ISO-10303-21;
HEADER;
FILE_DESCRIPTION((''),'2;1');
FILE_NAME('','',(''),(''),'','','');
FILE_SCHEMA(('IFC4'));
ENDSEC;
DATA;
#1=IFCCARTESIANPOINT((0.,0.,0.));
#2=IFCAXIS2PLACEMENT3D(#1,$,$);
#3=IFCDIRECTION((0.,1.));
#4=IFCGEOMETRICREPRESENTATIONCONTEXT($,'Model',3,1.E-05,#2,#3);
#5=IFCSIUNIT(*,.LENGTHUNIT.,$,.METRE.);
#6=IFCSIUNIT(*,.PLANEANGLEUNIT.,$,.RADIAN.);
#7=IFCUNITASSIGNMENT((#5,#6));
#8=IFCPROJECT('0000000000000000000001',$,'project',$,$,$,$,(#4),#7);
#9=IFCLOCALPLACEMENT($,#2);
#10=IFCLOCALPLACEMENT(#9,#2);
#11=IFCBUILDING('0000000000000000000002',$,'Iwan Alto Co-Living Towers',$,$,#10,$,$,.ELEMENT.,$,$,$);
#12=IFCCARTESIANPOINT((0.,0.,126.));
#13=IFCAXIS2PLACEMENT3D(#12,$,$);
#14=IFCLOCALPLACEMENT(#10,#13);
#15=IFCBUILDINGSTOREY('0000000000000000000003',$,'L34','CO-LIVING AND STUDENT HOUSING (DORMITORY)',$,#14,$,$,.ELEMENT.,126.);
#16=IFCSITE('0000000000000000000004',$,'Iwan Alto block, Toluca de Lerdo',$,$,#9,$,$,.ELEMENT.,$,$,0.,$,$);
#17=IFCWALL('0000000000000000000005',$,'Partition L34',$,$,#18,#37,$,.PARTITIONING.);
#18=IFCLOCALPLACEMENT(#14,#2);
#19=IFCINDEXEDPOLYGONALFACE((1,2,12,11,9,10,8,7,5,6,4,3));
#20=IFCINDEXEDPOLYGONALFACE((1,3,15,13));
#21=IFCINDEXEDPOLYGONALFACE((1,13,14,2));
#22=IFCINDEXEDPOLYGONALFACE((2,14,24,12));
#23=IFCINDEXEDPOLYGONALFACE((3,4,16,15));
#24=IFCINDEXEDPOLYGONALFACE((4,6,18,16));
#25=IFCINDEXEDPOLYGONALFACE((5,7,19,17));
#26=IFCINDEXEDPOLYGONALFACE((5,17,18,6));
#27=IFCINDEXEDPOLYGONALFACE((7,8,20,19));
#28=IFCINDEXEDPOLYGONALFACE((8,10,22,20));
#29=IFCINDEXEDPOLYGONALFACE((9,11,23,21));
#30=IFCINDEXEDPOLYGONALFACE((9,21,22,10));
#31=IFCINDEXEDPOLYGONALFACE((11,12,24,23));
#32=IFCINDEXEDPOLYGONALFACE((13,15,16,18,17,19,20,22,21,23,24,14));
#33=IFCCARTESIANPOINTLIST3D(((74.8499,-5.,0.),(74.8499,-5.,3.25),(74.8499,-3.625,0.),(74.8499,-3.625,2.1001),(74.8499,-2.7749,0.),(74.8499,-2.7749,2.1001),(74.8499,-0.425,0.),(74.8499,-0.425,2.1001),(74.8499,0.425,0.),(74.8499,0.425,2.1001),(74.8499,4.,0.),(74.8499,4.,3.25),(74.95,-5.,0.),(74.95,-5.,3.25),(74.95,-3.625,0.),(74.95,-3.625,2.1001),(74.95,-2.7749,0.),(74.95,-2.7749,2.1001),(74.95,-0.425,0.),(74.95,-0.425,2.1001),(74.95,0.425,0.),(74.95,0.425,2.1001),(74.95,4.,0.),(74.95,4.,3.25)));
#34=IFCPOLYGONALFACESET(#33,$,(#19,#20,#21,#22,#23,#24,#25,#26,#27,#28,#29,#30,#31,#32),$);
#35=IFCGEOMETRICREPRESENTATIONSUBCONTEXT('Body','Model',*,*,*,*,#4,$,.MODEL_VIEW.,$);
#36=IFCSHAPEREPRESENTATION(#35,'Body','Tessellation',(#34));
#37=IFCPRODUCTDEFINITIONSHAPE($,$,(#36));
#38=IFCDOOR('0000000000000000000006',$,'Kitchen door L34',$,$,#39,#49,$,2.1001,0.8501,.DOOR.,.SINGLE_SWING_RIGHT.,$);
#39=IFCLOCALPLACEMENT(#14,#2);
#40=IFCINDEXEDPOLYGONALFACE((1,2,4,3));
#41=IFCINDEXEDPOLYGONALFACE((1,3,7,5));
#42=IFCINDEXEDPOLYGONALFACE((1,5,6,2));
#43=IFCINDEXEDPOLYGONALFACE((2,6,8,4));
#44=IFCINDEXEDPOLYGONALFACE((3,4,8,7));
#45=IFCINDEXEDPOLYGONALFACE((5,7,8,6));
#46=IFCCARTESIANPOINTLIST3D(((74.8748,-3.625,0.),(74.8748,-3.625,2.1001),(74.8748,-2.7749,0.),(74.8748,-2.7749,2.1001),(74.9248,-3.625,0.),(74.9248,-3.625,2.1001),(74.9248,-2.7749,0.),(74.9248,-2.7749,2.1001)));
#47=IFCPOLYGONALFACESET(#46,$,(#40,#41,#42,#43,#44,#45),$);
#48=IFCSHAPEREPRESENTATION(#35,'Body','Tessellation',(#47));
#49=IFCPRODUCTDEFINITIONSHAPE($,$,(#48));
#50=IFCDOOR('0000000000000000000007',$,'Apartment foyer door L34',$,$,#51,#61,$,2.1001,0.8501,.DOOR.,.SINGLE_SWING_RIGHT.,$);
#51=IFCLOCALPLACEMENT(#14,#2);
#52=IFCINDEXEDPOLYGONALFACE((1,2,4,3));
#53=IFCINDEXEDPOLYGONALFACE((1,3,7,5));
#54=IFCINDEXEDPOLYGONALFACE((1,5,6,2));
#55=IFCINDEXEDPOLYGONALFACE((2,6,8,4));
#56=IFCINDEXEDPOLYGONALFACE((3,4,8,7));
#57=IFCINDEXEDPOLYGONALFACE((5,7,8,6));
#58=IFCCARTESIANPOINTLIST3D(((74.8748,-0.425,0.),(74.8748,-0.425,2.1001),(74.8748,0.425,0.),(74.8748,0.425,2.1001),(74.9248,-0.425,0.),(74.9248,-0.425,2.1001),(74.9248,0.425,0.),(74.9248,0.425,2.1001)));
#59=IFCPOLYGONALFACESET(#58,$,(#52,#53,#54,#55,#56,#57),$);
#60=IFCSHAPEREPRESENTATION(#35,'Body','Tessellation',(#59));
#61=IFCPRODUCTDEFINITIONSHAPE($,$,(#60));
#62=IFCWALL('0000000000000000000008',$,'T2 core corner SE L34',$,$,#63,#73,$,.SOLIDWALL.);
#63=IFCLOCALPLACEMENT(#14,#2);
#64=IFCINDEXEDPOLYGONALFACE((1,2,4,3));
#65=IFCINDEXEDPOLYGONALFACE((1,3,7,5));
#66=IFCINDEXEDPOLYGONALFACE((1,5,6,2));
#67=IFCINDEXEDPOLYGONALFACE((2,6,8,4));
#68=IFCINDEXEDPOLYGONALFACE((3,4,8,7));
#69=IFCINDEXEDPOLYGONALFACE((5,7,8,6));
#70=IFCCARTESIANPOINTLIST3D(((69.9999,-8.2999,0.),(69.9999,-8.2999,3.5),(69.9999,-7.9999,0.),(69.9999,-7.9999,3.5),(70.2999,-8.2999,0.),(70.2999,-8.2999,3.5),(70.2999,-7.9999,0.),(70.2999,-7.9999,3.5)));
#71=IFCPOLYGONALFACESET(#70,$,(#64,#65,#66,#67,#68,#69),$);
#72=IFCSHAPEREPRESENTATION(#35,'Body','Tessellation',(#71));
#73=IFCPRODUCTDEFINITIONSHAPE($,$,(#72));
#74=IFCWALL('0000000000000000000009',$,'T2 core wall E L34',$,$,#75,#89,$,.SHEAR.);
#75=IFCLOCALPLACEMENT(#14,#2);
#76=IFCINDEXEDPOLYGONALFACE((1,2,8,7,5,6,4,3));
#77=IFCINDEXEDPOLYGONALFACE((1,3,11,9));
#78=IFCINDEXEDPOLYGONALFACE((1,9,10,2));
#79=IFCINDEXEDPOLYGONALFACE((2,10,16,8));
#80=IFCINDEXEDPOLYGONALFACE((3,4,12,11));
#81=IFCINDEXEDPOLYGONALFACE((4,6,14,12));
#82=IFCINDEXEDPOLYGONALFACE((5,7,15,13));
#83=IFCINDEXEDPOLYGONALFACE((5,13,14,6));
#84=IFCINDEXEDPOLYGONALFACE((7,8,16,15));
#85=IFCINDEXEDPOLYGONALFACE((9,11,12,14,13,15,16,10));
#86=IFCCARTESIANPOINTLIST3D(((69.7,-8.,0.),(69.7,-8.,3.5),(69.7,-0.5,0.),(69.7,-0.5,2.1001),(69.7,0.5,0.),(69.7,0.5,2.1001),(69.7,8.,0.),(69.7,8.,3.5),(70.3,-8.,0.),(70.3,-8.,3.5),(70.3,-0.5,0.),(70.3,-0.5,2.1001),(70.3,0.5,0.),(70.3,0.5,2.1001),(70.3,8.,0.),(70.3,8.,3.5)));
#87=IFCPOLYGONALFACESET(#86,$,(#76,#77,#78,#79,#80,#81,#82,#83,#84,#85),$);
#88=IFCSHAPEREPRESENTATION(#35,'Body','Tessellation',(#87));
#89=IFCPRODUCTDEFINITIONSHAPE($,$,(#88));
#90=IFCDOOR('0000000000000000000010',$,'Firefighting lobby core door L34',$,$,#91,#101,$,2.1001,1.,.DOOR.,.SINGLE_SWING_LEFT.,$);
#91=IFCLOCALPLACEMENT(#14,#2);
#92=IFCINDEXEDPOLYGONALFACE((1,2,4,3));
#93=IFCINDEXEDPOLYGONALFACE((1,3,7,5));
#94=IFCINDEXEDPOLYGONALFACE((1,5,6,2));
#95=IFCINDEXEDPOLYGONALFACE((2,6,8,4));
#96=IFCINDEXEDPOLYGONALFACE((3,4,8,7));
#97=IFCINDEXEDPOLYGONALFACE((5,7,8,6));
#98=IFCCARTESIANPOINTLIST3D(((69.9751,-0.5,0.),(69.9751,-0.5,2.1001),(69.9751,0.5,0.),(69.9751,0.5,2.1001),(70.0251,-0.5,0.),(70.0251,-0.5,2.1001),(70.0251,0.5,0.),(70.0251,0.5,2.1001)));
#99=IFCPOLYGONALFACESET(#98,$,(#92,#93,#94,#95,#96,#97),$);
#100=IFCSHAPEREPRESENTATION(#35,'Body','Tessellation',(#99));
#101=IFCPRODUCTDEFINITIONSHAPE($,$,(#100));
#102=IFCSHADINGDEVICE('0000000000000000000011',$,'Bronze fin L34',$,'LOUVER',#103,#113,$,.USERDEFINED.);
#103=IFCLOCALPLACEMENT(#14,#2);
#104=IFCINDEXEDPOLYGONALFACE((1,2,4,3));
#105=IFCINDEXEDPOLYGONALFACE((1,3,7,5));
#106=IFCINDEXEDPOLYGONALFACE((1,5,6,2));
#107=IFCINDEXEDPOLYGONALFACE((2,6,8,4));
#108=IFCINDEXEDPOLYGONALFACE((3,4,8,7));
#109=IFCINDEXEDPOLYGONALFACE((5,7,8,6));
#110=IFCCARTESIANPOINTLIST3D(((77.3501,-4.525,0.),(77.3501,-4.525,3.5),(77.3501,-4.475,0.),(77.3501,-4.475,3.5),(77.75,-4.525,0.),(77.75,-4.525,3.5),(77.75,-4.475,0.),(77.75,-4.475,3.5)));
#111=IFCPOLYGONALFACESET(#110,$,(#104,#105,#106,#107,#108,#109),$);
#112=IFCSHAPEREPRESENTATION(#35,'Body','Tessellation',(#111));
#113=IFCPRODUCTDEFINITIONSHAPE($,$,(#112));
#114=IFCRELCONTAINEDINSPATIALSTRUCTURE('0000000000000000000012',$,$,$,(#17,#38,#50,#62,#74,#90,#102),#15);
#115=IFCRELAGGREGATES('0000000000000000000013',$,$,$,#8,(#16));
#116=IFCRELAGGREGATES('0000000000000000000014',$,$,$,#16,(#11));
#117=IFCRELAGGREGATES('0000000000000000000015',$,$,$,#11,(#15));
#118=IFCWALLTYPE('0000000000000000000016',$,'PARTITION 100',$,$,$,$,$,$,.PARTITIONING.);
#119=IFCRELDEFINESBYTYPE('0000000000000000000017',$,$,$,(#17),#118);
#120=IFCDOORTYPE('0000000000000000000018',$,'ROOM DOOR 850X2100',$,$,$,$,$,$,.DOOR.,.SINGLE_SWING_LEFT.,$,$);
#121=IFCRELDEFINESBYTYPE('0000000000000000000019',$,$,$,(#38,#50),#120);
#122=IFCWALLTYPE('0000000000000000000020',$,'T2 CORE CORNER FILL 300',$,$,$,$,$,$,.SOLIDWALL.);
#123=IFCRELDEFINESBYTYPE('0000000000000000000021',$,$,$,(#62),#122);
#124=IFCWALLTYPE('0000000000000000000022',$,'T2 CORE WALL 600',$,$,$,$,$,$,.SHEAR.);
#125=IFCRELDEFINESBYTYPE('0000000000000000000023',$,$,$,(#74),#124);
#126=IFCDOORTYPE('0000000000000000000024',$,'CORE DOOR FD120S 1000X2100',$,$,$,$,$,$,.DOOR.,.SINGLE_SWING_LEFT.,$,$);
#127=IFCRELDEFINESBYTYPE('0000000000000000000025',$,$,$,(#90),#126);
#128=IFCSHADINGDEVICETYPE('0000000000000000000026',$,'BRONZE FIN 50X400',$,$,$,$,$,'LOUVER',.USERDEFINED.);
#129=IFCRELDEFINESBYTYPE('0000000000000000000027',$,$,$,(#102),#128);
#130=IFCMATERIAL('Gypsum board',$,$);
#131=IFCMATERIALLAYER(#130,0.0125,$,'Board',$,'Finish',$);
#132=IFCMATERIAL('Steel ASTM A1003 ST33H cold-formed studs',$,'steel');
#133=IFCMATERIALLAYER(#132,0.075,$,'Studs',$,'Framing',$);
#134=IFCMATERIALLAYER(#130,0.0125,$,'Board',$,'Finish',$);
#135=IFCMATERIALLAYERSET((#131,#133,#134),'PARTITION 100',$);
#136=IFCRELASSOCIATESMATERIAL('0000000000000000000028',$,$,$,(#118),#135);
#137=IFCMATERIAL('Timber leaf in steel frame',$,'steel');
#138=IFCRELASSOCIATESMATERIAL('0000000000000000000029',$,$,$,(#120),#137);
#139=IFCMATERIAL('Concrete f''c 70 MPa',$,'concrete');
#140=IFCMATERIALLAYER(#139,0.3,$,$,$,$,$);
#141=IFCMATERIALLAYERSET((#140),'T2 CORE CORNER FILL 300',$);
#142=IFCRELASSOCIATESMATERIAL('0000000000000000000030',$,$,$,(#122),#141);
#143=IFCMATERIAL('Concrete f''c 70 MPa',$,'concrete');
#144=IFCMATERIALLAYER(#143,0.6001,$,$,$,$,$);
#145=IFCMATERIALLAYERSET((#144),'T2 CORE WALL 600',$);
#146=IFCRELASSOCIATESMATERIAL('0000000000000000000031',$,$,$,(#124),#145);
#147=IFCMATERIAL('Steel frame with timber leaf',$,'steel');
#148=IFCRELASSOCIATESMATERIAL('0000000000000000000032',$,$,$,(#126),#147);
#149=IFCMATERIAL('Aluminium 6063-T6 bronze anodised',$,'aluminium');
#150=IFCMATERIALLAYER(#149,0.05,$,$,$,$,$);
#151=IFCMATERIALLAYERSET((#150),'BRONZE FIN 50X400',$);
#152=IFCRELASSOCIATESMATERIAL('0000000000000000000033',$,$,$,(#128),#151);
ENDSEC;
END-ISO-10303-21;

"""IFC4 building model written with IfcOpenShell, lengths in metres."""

from ifc_helpers import new_model, si_unit, direction, frame, frame_2d, origin, origin_2d, place, context, subcontext, project, spatial, rectangle, extrude, material, layer, layer_set, type_object, element, fill, save


model = new_model("IFC4")

# Units and contexts
model_context = context("Model", 3, precision=1e-05, world=origin(), true_north=direction((0.0, 1.0)))
body_context = subcontext(model_context, "Body", "Model", "MODEL_VIEW")
ifc_project = project(units=[si_unit("LENGTHUNIT", "METRE"), si_unit("PLANEANGLEUNIT", "RADIAN")], contexts=[model_context])

# Site, building, storey
site_placement = place(None, origin())
site = spatial("IfcSite", under=ifc_project, at=site_placement, Name="Iwan Alto block, Toluca de Lerdo", CompositionType="ELEMENT", RefElevation=0.0)
building_placement = place(site_placement, origin())
building = spatial("IfcBuilding", under=site, at=building_placement, Name="Iwan Alto Co-Living Towers", CompositionType="ELEMENT")
storey_placement = place(building_placement, frame((0.0, 0.0, 126.0)))
storey = spatial("IfcBuildingStorey", under=building, at=storey_placement, Name="L34", Description="CO-LIVING AND STUDENT HOUSING (DORMITORY)", CompositionType="ELEMENT", Elevation=126.0)

# Shared definitions
ifc_material_1 = material(Name="Gypsum board")
ifc_material_2 = material(Name="Steel ASTM A1003 ST33H cold-formed studs", Category="steel")
ifc_layer_1 = layer(ifc_material_1, 0.0125, Name="Board", Category="Finish")
ifc_layer_2 = layer(ifc_material_2, 0.075, Name="Studs", Category="Framing")
ifc_layer_3 = layer(ifc_material_1, 0.0125, Name="Board", Category="Finish")
ifc_layer_set_1 = layer_set([ifc_layer_1, ifc_layer_2, ifc_layer_3], Name="PARTITION 100")
wall_type_1 = type_object("IfcWallType", Name="PARTITION 100", PredefinedType="PARTITIONING", material=ifc_layer_set_1)
ifc_material_3 = material(Name="Timber leaf in steel frame", Category="steel")
door_type_1 = type_object("IfcDoorType", Name="ROOM DOOR 850X2100", OperationType="SINGLE_SWING_LEFT", PredefinedType="DOOR", material=ifc_material_3)

# Wall, openings, doors
wall_1_placement = place(storey_placement, frame((74.8999, -5.0, 0.0), z_axis=(0.0, 0.0, 1.0), x_axis=(0.0, 1.0, 0.0)))
wall_1 = element("IfcWall", 1, at=wall_1_placement, inside=storey, type_object=wall_type_1, Name="Partition L34", PredefinedType="PARTITIONING", context=body_context, shape_type="SweptSolid", body=[
    extrude(rectangle(XDim=9.0, YDim=0.1001, at=frame_2d((4.5, 0.0))), origin(), (0.0, 0.0, 1.0), 3.25),
])
opening_1_placement = place(wall_1_placement, frame((1.375, 0.0, 0.0)))
opening_1 = element("IfcOpeningElement", 2, at=opening_1_placement, cuts=wall_1, PredefinedType="OPENING", context=body_context, shape_type="SweptSolid", body=[
    extrude(rectangle(XDim=0.8501, YDim=2.1001, at=frame_2d((0.425, 1.05))), frame((0.0, 0.0601, 0.0), z_axis=(0.0, -1.0, 0.0), x_axis=(1.0, 0.0, 0.0)), (0.0, 0.0, 1.0), 0.1201),
])
opening_2_placement = place(wall_1_placement, frame((4.575, 0.0, 0.0)))
opening_2 = element("IfcOpeningElement", 3, at=opening_2_placement, cuts=wall_1, PredefinedType="OPENING", context=body_context, shape_type="SweptSolid", body=[
    extrude(rectangle(XDim=0.8501, YDim=2.1001, at=frame_2d((0.425, 1.05))), frame((0.0, 0.0601, 0.0), z_axis=(0.0, -1.0, 0.0), x_axis=(1.0, 0.0, 0.0)), (0.0, 0.0, 1.0), 0.1201),
])
door_1_placement = place(opening_1_placement, frame((0.8501, 0.0, 0.0), z_axis=(0.0, 0.0, 1.0), x_axis=(-1.0, 0.0, 0.0)))
door_1 = element("IfcDoor", 4, at=door_1_placement, inside=storey, type_object=door_type_1, Name="Kitchen door L34", OperationType="SINGLE_SWING_RIGHT", OverallHeight=2.1001, OverallWidth=0.8501, PredefinedType="DOOR", context=body_context, shape_type="SweptSolid", body=[
    extrude(rectangle(XDim=0.8501, YDim=2.1001, at=frame_2d((0.425, 1.05))), frame((0.0, 0.0249, 0.0), z_axis=(0.0, -1.0, 0.0), x_axis=(1.0, 0.0, 0.0)), (0.0, 0.0, 1.0), 0.05),
])
fill(opening_1, door_1)
door_2_placement = place(opening_2_placement, frame((0.8501, 0.0, 0.0), z_axis=(0.0, 0.0, 1.0), x_axis=(-1.0, 0.0, 0.0)))
door_2 = element("IfcDoor", 5, at=door_2_placement, inside=storey, type_object=door_type_1, Name="Apartment foyer door L34", OperationType="SINGLE_SWING_RIGHT", OverallHeight=2.1001, OverallWidth=0.8501, PredefinedType="DOOR", context=body_context, shape_type="SweptSolid", body=[
    extrude(rectangle(XDim=0.8501, YDim=2.1001, at=frame_2d((0.425, 1.05))), frame((0.0, 0.0249, 0.0), z_axis=(0.0, -1.0, 0.0), x_axis=(1.0, 0.0, 0.0)), (0.0, 0.0, 1.0), 0.05),
])
fill(opening_2, door_2)

# Wall
ifc_material_4 = material(Name="Concrete f'c 70 MPa", Category="concrete")
ifc_layer_4 = layer(ifc_material_4, 0.3)
ifc_layer_set_2 = layer_set([ifc_layer_4], Name="T2 CORE CORNER FILL 300")
wall_type_2 = type_object("IfcWallType", Name="T2 CORE CORNER FILL 300", PredefinedType="SOLIDWALL", material=ifc_layer_set_2)
wall_2_placement = place(storey_placement, frame((70.0, -8.1499, 0.0), z_axis=(0.0, 0.0, 1.0), x_axis=(1.0, 0.0, 0.0)))
element("IfcWall", 6, at=wall_2_placement, inside=storey, type_object=wall_type_2, Name="T2 core corner SE L34", PredefinedType="SOLIDWALL", context=body_context, shape_type="SweptSolid", body=[
    extrude(rectangle(XDim=0.3, YDim=0.3, at=frame_2d((0.1499, 0.0))), origin(), (0.0, 0.0, 1.0), 3.5),
])

# Wall, opening, door
ifc_material_5 = material(Name="Concrete f'c 70 MPa", Category="concrete")
ifc_layer_5 = layer(ifc_material_5, 0.6001)
ifc_layer_set_3 = layer_set([ifc_layer_5], Name="T2 CORE WALL 600")
wall_type_3 = type_object("IfcWallType", Name="T2 CORE WALL 600", PredefinedType="SHEAR", material=ifc_layer_set_3)
wall_3_placement = place(storey_placement, frame((70.0, -8.0, 0.0), z_axis=(0.0, 0.0, 1.0), x_axis=(0.0, 1.0, 0.0)))
wall_3 = element("IfcWall", 7, at=wall_3_placement, inside=storey, type_object=wall_type_3, Name="T2 core wall E L34", PredefinedType="SHEAR", context=body_context, shape_type="SweptSolid", body=[
    extrude(rectangle(XDim=16.0, YDim=0.6001, at=frame_2d((8.0, 0.0))), origin(), (0.0, 0.0, 1.0), 3.5),
])
opening_3_placement = place(wall_3_placement, frame((7.5, 0.0, 0.0)))
opening_3 = element("IfcOpeningElement", 8, at=opening_3_placement, cuts=wall_3, PredefinedType="OPENING", context=body_context, shape_type="SweptSolid", body=[
    extrude(rectangle(XDim=1.0, YDim=2.1001, at=frame_2d((0.5, 1.05))), frame((0.0, 0.3101, 0.0), z_axis=(0.0, -1.0, 0.0), x_axis=(1.0, 0.0, 0.0)), (0.0, 0.0, 1.0), 0.6201),
])
ifc_material_6 = material(Name="Steel frame with timber leaf", Category="steel")
door_type_2 = type_object("IfcDoorType", Name="CORE DOOR FD120S 1000X2100", OperationType="SINGLE_SWING_LEFT", PredefinedType="DOOR", material=ifc_material_6)
door_3_placement = place(opening_3_placement, origin())
door_3 = element("IfcDoor", 9, at=door_3_placement, inside=storey, type_object=door_type_2, Name="Firefighting lobby core door L34", OperationType="SINGLE_SWING_LEFT", OverallHeight=2.1001, OverallWidth=1.0, PredefinedType="DOOR", context=body_context, shape_type="SweptSolid", body=[
    extrude(rectangle(XDim=1.0, YDim=2.1001, at=frame_2d((0.5, 1.05))), frame((0.0, 0.0249, 0.0), z_axis=(0.0, -1.0, 0.0), x_axis=(1.0, 0.0, 0.0)), (0.0, 0.0, 1.0), 0.05),
])
fill(opening_3, door_3)

# Shading device
ifc_material_7 = material(Name="Aluminium 6063-T6 bronze anodised", Category="aluminium")
ifc_layer_6 = layer(ifc_material_7, 0.05)
ifc_layer_set_4 = layer_set([ifc_layer_6], Name="BRONZE FIN 50X400")
shading_device_type = type_object("IfcShadingDeviceType", Name="BRONZE FIN 50X400", ElementType="LOUVER", PredefinedType="USERDEFINED", material=ifc_layer_set_4)
shading_device_placement = place(storey_placement, frame((77.55, -4.5, 0.0), z_axis=(0.0, 0.0, 1.0), x_axis=(0.0, 1.0, 0.0)))
element("IfcShadingDevice", 10, at=shading_device_placement, inside=storey, type_object=shading_device_type, Name="Bronze fin L34", ObjectType="LOUVER", PredefinedType="USERDEFINED", context=body_context, shape_type="SweptSolid", body=[
    extrude(rectangle(XDim=0.05, YDim=0.3999, at=origin_2d()), origin(), (0.0, 0.0, 1.0), 3.5),
])

save(model, "model.ifc")
